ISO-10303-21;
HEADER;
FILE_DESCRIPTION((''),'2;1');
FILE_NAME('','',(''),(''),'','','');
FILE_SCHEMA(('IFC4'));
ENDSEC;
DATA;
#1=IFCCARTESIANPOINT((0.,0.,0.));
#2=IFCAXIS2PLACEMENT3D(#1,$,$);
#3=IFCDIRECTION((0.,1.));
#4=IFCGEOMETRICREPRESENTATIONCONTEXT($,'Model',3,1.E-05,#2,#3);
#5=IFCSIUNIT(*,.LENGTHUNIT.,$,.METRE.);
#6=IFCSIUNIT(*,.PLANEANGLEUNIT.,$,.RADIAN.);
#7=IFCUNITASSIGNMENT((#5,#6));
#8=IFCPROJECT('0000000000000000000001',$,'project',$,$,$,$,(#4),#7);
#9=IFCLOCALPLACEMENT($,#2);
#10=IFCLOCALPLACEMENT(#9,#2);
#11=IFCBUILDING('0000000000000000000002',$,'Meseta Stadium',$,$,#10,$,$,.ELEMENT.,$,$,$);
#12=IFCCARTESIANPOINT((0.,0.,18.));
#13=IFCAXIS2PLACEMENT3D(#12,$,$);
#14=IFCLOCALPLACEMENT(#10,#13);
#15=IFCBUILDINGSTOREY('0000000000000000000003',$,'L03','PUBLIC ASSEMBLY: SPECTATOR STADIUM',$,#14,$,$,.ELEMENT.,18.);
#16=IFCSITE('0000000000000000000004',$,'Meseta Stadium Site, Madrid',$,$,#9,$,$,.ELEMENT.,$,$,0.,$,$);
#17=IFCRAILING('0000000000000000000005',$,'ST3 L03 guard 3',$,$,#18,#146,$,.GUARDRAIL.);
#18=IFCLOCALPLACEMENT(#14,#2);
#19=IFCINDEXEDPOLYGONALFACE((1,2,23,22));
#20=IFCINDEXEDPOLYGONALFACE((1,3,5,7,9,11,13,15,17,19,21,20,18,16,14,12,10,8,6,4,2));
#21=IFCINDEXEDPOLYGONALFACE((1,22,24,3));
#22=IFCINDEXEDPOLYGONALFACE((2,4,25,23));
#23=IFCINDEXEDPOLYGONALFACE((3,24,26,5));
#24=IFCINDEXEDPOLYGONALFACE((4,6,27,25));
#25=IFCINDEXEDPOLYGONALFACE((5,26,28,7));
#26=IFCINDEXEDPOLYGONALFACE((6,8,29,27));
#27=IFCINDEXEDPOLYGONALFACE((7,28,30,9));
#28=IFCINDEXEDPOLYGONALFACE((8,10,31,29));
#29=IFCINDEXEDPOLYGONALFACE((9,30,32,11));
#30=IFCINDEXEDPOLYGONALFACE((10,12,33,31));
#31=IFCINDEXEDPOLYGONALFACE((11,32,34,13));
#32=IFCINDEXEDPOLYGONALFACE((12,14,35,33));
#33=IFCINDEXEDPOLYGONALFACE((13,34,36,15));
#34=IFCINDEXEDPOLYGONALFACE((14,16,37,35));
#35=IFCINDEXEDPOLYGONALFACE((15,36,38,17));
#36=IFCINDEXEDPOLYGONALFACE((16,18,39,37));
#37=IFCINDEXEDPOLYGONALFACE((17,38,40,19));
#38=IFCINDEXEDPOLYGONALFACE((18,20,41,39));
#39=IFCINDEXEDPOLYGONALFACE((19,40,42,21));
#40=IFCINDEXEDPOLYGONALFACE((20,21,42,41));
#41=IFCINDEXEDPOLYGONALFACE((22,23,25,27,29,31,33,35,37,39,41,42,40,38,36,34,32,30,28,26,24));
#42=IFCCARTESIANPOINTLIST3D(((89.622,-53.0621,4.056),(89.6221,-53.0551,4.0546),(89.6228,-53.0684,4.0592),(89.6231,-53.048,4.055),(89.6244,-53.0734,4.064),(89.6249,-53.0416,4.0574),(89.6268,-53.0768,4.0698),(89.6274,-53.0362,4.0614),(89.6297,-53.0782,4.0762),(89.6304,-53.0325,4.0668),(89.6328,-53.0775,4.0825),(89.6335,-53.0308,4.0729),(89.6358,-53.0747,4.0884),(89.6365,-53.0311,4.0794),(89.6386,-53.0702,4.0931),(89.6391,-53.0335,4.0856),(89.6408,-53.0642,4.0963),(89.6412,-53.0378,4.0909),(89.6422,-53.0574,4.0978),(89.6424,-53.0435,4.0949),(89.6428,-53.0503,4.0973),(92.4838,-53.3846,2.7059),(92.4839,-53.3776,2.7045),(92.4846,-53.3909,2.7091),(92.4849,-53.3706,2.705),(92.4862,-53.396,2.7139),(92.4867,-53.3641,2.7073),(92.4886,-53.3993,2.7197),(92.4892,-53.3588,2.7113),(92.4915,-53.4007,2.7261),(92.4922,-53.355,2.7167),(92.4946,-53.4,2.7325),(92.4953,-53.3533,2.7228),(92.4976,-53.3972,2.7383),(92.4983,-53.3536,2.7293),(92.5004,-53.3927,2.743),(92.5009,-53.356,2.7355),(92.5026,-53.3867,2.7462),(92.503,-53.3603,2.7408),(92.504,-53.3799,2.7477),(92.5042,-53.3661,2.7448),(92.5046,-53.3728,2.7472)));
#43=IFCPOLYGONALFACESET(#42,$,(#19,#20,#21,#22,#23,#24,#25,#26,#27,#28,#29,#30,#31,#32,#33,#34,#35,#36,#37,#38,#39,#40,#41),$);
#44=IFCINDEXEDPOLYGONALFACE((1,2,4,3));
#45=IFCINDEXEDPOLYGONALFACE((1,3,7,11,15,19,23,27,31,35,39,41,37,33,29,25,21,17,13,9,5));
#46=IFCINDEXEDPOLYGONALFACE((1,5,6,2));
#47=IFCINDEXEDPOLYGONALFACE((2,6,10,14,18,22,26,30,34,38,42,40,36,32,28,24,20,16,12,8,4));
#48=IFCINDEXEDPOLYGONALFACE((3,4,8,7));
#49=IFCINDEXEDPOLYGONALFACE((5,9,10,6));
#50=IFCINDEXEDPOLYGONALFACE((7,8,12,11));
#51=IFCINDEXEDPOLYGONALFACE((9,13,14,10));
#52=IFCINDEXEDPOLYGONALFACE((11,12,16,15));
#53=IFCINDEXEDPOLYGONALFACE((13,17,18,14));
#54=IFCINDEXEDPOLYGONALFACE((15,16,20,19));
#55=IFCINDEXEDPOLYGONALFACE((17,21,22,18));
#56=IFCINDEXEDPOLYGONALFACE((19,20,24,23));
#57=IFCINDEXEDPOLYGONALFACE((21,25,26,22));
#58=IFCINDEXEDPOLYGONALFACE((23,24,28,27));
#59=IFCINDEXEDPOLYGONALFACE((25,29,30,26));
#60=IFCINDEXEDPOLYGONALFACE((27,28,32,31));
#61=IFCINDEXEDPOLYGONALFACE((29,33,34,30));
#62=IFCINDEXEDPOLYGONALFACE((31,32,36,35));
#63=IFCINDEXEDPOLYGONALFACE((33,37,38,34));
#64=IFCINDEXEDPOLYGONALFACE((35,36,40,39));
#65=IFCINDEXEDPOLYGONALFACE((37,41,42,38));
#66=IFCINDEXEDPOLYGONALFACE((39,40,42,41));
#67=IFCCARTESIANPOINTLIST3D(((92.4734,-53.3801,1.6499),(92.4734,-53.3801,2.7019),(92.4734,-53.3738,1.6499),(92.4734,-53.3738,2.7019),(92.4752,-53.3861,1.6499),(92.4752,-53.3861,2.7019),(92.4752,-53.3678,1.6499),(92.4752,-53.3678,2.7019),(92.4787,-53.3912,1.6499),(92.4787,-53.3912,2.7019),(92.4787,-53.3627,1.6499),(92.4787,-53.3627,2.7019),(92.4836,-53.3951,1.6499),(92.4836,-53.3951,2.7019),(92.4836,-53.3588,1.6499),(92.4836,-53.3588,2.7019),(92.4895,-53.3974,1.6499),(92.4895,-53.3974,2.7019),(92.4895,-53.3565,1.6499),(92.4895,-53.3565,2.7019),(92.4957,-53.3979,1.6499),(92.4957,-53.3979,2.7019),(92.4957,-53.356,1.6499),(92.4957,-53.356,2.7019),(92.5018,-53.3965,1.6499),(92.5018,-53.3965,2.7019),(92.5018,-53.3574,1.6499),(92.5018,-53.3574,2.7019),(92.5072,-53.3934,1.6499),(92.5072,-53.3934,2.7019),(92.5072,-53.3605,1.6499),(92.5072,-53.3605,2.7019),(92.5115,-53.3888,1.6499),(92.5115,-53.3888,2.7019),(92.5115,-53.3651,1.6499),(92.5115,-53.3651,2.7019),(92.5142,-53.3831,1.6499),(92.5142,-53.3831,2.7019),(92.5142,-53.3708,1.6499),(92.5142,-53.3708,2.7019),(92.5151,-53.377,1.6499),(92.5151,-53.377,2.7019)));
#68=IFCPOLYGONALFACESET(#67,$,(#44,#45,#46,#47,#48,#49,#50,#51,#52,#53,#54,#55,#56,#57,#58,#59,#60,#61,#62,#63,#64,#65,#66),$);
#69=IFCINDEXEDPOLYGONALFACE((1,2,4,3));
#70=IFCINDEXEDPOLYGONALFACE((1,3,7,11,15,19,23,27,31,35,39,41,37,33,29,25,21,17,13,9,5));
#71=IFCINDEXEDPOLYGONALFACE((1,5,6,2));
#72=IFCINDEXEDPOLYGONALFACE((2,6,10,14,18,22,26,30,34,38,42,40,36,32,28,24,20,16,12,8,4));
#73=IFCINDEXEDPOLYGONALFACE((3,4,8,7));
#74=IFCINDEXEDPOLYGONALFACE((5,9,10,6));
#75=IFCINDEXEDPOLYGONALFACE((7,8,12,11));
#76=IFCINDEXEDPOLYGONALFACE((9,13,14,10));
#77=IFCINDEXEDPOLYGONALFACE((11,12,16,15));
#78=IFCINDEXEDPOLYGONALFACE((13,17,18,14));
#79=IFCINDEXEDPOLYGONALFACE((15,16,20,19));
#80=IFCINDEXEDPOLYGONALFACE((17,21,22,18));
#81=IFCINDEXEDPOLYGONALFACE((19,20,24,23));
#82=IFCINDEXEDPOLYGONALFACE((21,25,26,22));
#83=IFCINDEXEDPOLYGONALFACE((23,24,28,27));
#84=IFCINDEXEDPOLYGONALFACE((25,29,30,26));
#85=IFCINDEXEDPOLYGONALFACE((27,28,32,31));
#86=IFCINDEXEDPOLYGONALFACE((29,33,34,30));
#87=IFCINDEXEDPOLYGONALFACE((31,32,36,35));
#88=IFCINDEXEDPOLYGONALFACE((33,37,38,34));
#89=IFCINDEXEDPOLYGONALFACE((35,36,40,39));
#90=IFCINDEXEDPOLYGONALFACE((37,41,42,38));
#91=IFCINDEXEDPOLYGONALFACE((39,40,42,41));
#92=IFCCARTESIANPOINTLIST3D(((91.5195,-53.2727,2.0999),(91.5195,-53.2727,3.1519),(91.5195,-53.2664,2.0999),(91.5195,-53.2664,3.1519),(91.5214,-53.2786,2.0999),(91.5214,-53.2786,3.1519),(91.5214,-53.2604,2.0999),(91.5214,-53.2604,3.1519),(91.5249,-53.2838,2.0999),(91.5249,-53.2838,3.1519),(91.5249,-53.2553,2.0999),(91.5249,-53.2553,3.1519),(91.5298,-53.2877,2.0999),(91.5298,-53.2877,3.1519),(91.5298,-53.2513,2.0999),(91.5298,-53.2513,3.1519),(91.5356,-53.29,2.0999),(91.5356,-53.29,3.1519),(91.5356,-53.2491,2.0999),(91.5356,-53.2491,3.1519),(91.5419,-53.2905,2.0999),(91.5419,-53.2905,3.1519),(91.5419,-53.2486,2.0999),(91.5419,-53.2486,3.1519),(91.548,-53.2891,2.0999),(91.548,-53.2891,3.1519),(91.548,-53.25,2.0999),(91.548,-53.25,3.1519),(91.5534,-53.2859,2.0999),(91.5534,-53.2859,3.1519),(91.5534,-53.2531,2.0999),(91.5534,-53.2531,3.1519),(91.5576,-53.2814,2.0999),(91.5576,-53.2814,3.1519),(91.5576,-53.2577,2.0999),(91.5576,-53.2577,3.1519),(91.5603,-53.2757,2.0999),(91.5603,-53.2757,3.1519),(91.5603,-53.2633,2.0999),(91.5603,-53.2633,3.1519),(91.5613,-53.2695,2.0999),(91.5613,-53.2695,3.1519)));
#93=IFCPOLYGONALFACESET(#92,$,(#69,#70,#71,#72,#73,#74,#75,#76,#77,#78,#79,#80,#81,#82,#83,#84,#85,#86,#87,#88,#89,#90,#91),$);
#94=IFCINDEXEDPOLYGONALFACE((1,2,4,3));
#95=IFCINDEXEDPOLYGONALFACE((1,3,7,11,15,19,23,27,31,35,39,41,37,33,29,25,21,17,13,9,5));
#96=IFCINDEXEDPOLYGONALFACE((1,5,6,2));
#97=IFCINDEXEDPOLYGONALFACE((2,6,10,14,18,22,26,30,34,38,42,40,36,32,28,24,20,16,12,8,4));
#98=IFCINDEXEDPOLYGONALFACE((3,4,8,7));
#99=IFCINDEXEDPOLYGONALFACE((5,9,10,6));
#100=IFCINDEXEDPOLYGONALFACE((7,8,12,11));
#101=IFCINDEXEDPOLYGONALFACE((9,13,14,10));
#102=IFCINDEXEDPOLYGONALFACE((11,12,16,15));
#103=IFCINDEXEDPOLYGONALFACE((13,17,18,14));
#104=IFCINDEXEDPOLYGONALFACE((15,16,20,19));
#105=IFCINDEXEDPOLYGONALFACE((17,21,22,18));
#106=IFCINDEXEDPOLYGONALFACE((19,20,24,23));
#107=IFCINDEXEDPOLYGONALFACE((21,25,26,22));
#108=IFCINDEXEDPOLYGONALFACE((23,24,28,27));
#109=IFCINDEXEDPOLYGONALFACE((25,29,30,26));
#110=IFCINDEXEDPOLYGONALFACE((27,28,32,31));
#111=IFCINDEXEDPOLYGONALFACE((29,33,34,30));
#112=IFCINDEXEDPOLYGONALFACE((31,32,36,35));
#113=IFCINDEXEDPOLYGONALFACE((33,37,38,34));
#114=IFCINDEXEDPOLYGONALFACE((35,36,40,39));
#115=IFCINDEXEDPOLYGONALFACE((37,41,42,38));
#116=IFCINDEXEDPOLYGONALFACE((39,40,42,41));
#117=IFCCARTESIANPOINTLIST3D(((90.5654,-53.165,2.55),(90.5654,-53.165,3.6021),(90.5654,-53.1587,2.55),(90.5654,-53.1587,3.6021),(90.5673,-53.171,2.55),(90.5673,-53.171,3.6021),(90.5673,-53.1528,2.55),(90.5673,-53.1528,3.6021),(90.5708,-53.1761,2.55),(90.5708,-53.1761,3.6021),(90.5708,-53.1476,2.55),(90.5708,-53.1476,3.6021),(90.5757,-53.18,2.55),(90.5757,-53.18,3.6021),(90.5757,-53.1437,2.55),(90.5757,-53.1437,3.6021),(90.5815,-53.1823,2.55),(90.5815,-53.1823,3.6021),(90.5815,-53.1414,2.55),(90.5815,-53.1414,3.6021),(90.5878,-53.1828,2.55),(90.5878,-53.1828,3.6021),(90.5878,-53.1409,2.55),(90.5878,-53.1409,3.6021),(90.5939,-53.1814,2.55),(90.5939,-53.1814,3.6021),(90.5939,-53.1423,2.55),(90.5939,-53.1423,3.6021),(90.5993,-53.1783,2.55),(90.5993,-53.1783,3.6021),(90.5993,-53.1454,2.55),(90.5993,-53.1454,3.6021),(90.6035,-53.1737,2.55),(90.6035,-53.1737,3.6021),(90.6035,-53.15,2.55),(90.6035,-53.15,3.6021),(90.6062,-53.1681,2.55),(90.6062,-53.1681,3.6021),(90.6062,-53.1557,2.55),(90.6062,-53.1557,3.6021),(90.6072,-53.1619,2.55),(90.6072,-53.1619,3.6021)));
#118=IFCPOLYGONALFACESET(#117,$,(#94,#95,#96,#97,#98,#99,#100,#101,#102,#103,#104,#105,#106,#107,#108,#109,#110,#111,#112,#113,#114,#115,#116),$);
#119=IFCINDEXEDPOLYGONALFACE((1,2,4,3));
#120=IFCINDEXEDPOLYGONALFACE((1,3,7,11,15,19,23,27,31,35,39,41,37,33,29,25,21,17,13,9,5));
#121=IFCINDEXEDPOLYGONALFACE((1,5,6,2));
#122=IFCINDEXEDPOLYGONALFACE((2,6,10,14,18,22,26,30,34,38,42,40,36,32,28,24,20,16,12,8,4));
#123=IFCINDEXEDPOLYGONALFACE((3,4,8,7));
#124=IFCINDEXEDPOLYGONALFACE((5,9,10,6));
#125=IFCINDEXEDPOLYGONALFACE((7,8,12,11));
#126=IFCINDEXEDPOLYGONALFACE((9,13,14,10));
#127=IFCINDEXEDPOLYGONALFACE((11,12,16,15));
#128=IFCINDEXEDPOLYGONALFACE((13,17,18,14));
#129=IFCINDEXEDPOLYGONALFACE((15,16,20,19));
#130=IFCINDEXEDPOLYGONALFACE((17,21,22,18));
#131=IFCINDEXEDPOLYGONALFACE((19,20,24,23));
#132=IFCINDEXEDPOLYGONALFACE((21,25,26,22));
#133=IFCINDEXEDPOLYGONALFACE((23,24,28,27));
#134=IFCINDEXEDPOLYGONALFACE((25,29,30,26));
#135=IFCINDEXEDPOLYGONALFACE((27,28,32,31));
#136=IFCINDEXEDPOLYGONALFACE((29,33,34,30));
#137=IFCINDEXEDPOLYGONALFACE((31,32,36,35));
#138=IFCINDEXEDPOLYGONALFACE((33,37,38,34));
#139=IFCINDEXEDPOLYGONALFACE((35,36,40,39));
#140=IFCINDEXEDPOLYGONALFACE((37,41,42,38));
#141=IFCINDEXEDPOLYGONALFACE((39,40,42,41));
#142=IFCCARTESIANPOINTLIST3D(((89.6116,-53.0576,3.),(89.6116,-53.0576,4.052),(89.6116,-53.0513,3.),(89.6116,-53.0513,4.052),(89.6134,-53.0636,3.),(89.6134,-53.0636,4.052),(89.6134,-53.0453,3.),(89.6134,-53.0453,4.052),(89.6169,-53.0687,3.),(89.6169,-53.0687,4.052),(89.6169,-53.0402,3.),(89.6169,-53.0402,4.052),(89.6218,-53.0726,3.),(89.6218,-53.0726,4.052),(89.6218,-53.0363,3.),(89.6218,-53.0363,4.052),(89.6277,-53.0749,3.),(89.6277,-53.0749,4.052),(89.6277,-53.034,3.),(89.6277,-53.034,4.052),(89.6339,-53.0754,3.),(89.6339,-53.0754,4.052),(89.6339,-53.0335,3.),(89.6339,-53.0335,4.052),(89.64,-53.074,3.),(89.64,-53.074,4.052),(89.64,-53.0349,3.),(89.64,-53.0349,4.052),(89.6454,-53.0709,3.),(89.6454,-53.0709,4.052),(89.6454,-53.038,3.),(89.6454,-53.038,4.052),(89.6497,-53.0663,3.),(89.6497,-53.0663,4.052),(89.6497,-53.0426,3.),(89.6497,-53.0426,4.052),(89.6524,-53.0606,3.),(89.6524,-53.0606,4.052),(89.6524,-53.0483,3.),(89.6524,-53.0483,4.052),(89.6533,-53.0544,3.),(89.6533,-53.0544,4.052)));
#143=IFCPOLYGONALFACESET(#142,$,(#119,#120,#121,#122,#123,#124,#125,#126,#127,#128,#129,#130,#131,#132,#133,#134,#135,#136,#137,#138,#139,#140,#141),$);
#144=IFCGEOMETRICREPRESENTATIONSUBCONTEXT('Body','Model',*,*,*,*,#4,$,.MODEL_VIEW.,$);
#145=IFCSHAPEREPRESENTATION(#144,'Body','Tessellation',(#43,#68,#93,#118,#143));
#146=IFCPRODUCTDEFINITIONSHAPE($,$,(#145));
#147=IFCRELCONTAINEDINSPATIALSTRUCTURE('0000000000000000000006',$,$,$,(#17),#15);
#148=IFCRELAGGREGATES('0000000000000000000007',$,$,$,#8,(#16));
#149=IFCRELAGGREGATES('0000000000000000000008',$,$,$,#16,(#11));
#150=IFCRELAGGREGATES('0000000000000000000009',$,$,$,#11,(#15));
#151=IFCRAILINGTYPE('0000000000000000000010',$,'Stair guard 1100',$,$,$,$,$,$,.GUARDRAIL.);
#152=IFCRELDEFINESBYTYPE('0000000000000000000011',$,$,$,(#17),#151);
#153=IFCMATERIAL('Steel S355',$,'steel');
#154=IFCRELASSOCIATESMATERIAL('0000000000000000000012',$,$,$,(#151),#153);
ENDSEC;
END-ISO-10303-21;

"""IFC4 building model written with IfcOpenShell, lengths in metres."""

from ifc_helpers import new_model, si_unit, direction, frame, origin, origin_2d, place, context, subcontext, project, spatial, circle, extrude, material, type_object, element, save


model = new_model("IFC4")

# Units and contexts
model_context = context("Model", 3, precision=1e-05, world=origin(), true_north=direction((0.0, 1.0)))
body_context = subcontext(model_context, "Body", "Model", "MODEL_VIEW")
ifc_project = project(units=[si_unit("LENGTHUNIT", "METRE"), si_unit("PLANEANGLEUNIT", "RADIAN")], contexts=[model_context])

# Site, building, storey
site_placement = place(None, origin())
site = spatial("IfcSite", under=ifc_project, at=site_placement, Name="Meseta Stadium Site, Madrid", CompositionType="ELEMENT", RefElevation=0.0)
building_placement = place(site_placement, origin())
building = spatial("IfcBuilding", under=site, at=building_placement, Name="Meseta Stadium", CompositionType="ELEMENT")
storey_placement = place(building_placement, frame((0.0, 0.0, 18.0)))
storey = spatial("IfcBuildingStorey", under=building, at=storey_placement, Name="L03", Description="PUBLIC ASSEMBLY: SPECTATOR STADIUM", CompositionType="ELEMENT", Elevation=18.0)

# Railing
ifc_material_1 = material(Name="Steel S355", Category="steel")
railing_type_1 = type_object("IfcRailingType", Name="Stair guard 1100", PredefinedType="GUARDRAIL", material=ifc_material_1)
railing_1_placement = place(storey_placement, frame((92.4941, -53.377, 1.6499)))
element("IfcRailing", 1, at=railing_1_placement, inside=storey, type_object=railing_type_1, Name="ST3 L03 guard 3", PredefinedType="GUARDRAIL", context=body_context, shape_type="SweptSolid", body=[
    extrude(circle(Radius=0.0239, at=origin_2d()), frame((0.0, 0.0, 1.0762), z_axis=(-0.899748, 0.101396, 0.424467), x_axis=(-0.111985, -0.99371, 0.0)), (0.0, 0.0, 1.0), 3.1807),
    extrude(circle(Radius=0.021, at=origin_2d()), origin(), (0.0, 0.0, 1.0), 1.052),
    extrude(circle(Radius=0.021, at=origin_2d()), frame((-0.9539, 0.1074, 0.45)), (0.0, 0.0, 1.0), 1.052),
    extrude(circle(Radius=0.021, at=origin_2d()), frame((-1.908, 0.2151, 0.9001)), (0.0, 0.0, 1.0), 1.052),
    extrude(circle(Radius=0.021, at=origin_2d()), frame((-2.8618, 0.3225, 1.3501)), (0.0, 0.0, 1.0), 1.052),
])

save(model, "model.ifc")
